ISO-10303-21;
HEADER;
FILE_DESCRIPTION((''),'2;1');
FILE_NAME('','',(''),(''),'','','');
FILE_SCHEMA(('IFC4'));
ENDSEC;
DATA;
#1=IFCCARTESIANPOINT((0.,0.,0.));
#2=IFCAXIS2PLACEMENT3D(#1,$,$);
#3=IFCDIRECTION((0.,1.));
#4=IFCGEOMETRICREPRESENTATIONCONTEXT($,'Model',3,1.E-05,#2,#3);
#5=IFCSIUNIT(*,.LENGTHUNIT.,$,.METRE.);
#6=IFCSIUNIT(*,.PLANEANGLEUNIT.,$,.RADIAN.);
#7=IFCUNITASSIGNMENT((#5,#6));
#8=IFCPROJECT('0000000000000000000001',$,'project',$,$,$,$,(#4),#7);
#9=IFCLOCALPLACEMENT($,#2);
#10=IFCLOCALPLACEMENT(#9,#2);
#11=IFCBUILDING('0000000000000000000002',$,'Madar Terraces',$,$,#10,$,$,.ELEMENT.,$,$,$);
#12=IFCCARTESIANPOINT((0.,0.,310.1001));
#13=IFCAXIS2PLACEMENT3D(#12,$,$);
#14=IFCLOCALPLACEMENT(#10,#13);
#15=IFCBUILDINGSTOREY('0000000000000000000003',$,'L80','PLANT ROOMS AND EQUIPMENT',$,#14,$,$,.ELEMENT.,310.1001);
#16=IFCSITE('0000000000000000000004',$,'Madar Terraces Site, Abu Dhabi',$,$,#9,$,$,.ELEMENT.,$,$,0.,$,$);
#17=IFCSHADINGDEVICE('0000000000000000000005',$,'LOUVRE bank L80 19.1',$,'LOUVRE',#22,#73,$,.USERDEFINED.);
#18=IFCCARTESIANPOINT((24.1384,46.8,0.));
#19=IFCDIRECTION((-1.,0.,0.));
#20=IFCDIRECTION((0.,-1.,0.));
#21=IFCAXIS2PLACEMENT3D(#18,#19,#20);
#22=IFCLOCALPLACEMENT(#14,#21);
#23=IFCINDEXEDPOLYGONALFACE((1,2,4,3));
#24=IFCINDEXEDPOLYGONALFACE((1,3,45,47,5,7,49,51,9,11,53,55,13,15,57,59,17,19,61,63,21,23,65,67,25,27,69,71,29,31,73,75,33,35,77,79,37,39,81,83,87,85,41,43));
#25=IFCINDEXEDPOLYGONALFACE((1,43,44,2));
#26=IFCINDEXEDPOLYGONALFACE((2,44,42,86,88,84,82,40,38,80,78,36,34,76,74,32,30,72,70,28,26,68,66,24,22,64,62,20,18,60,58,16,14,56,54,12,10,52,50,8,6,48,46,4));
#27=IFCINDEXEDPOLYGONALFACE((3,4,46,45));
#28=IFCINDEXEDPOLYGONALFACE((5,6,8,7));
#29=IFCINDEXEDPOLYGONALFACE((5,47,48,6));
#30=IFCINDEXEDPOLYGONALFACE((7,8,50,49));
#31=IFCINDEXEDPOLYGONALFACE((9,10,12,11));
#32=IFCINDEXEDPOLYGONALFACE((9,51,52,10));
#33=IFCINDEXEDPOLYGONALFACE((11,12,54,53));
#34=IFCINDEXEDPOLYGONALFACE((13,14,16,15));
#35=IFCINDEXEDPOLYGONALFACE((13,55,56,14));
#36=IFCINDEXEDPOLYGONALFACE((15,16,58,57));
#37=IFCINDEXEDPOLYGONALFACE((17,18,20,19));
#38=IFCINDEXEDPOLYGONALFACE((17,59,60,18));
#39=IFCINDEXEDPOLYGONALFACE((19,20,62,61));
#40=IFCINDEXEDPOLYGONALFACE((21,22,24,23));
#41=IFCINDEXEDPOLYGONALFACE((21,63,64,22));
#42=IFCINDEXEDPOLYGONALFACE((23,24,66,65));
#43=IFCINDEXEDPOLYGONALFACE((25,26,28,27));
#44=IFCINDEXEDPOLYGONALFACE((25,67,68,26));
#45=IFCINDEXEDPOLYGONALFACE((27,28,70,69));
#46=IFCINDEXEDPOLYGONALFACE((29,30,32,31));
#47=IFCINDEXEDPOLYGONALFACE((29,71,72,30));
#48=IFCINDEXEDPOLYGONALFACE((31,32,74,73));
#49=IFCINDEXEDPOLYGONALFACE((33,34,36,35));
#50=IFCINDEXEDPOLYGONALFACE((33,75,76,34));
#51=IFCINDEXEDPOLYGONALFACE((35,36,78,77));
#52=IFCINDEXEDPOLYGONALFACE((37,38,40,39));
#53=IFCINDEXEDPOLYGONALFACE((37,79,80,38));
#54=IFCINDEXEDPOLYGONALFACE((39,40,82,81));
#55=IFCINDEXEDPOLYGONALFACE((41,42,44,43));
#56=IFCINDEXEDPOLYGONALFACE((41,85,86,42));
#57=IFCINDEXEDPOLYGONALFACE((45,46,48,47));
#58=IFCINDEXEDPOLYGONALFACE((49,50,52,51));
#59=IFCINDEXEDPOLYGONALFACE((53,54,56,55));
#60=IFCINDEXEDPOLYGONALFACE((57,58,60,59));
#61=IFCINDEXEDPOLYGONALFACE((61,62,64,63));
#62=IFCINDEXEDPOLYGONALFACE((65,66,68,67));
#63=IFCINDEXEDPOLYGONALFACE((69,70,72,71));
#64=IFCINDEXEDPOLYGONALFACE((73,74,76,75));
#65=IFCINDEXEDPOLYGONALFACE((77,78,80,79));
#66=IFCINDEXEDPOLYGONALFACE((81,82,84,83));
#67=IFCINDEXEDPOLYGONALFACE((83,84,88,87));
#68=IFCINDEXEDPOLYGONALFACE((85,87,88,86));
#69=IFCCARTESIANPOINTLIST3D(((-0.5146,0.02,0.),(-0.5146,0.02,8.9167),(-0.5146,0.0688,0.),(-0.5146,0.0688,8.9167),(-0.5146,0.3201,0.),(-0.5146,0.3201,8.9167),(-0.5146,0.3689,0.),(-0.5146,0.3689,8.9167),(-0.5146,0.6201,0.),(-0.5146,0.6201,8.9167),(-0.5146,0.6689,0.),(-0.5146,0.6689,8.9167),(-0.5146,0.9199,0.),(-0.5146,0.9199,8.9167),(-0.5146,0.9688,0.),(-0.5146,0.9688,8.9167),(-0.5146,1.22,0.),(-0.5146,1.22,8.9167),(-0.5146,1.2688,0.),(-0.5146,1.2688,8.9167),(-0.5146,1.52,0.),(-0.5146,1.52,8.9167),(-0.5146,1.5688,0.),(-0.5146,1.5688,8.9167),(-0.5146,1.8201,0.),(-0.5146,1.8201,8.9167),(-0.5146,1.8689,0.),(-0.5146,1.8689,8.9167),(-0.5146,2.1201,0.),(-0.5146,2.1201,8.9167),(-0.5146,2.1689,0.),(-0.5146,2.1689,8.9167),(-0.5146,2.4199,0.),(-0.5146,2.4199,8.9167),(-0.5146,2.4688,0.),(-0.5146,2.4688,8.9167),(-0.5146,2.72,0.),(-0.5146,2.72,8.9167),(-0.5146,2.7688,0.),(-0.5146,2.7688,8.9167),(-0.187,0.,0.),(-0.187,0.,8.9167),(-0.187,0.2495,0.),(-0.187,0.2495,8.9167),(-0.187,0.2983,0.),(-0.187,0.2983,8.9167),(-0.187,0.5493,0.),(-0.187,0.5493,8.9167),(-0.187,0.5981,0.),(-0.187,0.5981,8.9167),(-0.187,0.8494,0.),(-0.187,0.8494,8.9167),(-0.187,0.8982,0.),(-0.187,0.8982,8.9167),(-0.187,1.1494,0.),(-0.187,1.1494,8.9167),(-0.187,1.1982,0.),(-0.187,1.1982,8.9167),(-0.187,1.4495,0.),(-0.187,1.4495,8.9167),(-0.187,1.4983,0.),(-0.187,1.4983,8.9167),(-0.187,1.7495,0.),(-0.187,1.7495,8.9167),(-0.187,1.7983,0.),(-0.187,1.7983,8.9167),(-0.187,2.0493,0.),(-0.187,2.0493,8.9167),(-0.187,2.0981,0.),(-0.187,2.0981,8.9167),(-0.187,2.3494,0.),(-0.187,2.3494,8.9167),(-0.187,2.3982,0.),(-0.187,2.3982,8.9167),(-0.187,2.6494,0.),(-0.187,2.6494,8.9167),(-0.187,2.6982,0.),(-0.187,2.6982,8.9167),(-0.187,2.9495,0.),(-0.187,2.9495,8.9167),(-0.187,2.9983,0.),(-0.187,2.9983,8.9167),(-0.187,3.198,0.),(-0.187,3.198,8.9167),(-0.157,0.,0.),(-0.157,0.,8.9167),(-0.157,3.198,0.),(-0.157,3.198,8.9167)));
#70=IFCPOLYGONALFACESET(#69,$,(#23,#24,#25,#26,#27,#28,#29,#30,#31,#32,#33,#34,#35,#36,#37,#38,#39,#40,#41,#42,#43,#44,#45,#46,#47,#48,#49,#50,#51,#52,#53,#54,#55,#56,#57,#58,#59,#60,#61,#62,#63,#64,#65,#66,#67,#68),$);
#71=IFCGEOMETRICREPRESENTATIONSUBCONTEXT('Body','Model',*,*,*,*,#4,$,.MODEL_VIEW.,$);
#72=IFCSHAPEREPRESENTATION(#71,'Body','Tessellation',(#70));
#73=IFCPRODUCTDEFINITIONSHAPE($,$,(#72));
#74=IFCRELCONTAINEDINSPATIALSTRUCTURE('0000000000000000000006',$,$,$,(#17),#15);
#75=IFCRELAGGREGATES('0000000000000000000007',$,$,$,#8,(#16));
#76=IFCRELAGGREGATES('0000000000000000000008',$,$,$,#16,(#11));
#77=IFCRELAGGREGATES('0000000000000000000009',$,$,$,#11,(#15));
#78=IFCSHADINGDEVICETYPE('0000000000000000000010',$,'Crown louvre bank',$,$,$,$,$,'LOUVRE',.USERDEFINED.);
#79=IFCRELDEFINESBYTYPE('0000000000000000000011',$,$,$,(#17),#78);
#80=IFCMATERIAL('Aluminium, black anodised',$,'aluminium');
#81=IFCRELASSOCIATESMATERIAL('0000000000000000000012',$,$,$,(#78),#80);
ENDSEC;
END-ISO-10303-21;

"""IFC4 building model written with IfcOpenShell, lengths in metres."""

from ifc_helpers import new_model, si_unit, direction, frame, origin, place, context, subcontext, project, spatial, polyline, outline, extrude, material, type_object, element, save


model = new_model("IFC4")

# Units and contexts
model_context = context("Model", 3, precision=1e-05, world=origin(), true_north=direction((0.0, 1.0)))
body_context = subcontext(model_context, "Body", "Model", "MODEL_VIEW")
ifc_project = project(units=[si_unit("LENGTHUNIT", "METRE"), si_unit("PLANEANGLEUNIT", "RADIAN")], contexts=[model_context])

# Site, building, storey
site_placement = place(None, origin())
site = spatial("IfcSite", under=ifc_project, at=site_placement, Name="Madar Terraces Site, Abu Dhabi", CompositionType="ELEMENT", RefElevation=0.0)
building_placement = place(site_placement, origin())
building = spatial("IfcBuilding", under=site, at=building_placement, Name="Madar Terraces", CompositionType="ELEMENT")
storey_placement = place(building_placement, frame((0.0, 0.0, 310.1001)))
storey = spatial("IfcBuildingStorey", under=building, at=storey_placement, Name="L80", Description="PLANT ROOMS AND EQUIPMENT", CompositionType="ELEMENT", Elevation=310.1001)

# Shading device
ifc_material_1 = material(Name="Aluminium, black anodised", Category="aluminium")
shading_device_type = type_object("IfcShadingDeviceType", Name="Crown louvre bank", ElementType="LOUVRE", PredefinedType="USERDEFINED", material=ifc_material_1)
shading_device_1_placement = place(storey_placement, frame((24.1384, 46.8, 0.0), z_axis=(-1.0, 0.0, 0.0), x_axis=(0.0, -1.0, 0.0)))
element("IfcShadingDevice", 1, at=shading_device_1_placement, inside=storey, type_object=shading_device_type, Name="LOUVRE bank L80 19.1", ObjectType="LOUVRE", PredefinedType="USERDEFINED", context=body_context, shape_type="SweptSolid", body=[
    extrude(outline(polyline([(-0.157, 0.0), (-0.187, 0.0), (-0.187, 0.2495), (-0.5146, 0.02), (-0.5146, 0.0688), (-0.187, 0.2983), (-0.187, 0.5493), (-0.5146, 0.3201), (-0.5146, 0.3689), (-0.187, 0.5981), (-0.187, 0.8494), (-0.5146, 0.6201), (-0.5146, 0.6689), (-0.187, 0.8982), (-0.187, 1.1494), (-0.5146, 0.9199), (-0.5146, 0.9688), (-0.187, 1.1982), (-0.187, 1.4495), (-0.5146, 1.22), (-0.5146, 1.2688), (-0.187, 1.4983), (-0.187, 1.7495), (-0.5146, 1.52), (-0.5146, 1.5688), (-0.187, 1.7983), (-0.187, 2.0493), (-0.5146, 1.8201), (-0.5146, 1.8689), (-0.187, 2.0981), (-0.187, 2.3494), (-0.5146, 2.1201), (-0.5146, 2.1689), (-0.187, 2.3982), (-0.187, 2.6494), (-0.5146, 2.4199), (-0.5146, 2.4688), (-0.187, 2.6982), (-0.187, 2.9495), (-0.5146, 2.72), (-0.5146, 2.7688), (-0.187, 2.9983), (-0.187, 3.198), (-0.157, 3.198), (-0.157, 0.0)])), origin(), (0.0, 0.0, 1.0), 8.9167),
])

save(model, "model.ifc")
